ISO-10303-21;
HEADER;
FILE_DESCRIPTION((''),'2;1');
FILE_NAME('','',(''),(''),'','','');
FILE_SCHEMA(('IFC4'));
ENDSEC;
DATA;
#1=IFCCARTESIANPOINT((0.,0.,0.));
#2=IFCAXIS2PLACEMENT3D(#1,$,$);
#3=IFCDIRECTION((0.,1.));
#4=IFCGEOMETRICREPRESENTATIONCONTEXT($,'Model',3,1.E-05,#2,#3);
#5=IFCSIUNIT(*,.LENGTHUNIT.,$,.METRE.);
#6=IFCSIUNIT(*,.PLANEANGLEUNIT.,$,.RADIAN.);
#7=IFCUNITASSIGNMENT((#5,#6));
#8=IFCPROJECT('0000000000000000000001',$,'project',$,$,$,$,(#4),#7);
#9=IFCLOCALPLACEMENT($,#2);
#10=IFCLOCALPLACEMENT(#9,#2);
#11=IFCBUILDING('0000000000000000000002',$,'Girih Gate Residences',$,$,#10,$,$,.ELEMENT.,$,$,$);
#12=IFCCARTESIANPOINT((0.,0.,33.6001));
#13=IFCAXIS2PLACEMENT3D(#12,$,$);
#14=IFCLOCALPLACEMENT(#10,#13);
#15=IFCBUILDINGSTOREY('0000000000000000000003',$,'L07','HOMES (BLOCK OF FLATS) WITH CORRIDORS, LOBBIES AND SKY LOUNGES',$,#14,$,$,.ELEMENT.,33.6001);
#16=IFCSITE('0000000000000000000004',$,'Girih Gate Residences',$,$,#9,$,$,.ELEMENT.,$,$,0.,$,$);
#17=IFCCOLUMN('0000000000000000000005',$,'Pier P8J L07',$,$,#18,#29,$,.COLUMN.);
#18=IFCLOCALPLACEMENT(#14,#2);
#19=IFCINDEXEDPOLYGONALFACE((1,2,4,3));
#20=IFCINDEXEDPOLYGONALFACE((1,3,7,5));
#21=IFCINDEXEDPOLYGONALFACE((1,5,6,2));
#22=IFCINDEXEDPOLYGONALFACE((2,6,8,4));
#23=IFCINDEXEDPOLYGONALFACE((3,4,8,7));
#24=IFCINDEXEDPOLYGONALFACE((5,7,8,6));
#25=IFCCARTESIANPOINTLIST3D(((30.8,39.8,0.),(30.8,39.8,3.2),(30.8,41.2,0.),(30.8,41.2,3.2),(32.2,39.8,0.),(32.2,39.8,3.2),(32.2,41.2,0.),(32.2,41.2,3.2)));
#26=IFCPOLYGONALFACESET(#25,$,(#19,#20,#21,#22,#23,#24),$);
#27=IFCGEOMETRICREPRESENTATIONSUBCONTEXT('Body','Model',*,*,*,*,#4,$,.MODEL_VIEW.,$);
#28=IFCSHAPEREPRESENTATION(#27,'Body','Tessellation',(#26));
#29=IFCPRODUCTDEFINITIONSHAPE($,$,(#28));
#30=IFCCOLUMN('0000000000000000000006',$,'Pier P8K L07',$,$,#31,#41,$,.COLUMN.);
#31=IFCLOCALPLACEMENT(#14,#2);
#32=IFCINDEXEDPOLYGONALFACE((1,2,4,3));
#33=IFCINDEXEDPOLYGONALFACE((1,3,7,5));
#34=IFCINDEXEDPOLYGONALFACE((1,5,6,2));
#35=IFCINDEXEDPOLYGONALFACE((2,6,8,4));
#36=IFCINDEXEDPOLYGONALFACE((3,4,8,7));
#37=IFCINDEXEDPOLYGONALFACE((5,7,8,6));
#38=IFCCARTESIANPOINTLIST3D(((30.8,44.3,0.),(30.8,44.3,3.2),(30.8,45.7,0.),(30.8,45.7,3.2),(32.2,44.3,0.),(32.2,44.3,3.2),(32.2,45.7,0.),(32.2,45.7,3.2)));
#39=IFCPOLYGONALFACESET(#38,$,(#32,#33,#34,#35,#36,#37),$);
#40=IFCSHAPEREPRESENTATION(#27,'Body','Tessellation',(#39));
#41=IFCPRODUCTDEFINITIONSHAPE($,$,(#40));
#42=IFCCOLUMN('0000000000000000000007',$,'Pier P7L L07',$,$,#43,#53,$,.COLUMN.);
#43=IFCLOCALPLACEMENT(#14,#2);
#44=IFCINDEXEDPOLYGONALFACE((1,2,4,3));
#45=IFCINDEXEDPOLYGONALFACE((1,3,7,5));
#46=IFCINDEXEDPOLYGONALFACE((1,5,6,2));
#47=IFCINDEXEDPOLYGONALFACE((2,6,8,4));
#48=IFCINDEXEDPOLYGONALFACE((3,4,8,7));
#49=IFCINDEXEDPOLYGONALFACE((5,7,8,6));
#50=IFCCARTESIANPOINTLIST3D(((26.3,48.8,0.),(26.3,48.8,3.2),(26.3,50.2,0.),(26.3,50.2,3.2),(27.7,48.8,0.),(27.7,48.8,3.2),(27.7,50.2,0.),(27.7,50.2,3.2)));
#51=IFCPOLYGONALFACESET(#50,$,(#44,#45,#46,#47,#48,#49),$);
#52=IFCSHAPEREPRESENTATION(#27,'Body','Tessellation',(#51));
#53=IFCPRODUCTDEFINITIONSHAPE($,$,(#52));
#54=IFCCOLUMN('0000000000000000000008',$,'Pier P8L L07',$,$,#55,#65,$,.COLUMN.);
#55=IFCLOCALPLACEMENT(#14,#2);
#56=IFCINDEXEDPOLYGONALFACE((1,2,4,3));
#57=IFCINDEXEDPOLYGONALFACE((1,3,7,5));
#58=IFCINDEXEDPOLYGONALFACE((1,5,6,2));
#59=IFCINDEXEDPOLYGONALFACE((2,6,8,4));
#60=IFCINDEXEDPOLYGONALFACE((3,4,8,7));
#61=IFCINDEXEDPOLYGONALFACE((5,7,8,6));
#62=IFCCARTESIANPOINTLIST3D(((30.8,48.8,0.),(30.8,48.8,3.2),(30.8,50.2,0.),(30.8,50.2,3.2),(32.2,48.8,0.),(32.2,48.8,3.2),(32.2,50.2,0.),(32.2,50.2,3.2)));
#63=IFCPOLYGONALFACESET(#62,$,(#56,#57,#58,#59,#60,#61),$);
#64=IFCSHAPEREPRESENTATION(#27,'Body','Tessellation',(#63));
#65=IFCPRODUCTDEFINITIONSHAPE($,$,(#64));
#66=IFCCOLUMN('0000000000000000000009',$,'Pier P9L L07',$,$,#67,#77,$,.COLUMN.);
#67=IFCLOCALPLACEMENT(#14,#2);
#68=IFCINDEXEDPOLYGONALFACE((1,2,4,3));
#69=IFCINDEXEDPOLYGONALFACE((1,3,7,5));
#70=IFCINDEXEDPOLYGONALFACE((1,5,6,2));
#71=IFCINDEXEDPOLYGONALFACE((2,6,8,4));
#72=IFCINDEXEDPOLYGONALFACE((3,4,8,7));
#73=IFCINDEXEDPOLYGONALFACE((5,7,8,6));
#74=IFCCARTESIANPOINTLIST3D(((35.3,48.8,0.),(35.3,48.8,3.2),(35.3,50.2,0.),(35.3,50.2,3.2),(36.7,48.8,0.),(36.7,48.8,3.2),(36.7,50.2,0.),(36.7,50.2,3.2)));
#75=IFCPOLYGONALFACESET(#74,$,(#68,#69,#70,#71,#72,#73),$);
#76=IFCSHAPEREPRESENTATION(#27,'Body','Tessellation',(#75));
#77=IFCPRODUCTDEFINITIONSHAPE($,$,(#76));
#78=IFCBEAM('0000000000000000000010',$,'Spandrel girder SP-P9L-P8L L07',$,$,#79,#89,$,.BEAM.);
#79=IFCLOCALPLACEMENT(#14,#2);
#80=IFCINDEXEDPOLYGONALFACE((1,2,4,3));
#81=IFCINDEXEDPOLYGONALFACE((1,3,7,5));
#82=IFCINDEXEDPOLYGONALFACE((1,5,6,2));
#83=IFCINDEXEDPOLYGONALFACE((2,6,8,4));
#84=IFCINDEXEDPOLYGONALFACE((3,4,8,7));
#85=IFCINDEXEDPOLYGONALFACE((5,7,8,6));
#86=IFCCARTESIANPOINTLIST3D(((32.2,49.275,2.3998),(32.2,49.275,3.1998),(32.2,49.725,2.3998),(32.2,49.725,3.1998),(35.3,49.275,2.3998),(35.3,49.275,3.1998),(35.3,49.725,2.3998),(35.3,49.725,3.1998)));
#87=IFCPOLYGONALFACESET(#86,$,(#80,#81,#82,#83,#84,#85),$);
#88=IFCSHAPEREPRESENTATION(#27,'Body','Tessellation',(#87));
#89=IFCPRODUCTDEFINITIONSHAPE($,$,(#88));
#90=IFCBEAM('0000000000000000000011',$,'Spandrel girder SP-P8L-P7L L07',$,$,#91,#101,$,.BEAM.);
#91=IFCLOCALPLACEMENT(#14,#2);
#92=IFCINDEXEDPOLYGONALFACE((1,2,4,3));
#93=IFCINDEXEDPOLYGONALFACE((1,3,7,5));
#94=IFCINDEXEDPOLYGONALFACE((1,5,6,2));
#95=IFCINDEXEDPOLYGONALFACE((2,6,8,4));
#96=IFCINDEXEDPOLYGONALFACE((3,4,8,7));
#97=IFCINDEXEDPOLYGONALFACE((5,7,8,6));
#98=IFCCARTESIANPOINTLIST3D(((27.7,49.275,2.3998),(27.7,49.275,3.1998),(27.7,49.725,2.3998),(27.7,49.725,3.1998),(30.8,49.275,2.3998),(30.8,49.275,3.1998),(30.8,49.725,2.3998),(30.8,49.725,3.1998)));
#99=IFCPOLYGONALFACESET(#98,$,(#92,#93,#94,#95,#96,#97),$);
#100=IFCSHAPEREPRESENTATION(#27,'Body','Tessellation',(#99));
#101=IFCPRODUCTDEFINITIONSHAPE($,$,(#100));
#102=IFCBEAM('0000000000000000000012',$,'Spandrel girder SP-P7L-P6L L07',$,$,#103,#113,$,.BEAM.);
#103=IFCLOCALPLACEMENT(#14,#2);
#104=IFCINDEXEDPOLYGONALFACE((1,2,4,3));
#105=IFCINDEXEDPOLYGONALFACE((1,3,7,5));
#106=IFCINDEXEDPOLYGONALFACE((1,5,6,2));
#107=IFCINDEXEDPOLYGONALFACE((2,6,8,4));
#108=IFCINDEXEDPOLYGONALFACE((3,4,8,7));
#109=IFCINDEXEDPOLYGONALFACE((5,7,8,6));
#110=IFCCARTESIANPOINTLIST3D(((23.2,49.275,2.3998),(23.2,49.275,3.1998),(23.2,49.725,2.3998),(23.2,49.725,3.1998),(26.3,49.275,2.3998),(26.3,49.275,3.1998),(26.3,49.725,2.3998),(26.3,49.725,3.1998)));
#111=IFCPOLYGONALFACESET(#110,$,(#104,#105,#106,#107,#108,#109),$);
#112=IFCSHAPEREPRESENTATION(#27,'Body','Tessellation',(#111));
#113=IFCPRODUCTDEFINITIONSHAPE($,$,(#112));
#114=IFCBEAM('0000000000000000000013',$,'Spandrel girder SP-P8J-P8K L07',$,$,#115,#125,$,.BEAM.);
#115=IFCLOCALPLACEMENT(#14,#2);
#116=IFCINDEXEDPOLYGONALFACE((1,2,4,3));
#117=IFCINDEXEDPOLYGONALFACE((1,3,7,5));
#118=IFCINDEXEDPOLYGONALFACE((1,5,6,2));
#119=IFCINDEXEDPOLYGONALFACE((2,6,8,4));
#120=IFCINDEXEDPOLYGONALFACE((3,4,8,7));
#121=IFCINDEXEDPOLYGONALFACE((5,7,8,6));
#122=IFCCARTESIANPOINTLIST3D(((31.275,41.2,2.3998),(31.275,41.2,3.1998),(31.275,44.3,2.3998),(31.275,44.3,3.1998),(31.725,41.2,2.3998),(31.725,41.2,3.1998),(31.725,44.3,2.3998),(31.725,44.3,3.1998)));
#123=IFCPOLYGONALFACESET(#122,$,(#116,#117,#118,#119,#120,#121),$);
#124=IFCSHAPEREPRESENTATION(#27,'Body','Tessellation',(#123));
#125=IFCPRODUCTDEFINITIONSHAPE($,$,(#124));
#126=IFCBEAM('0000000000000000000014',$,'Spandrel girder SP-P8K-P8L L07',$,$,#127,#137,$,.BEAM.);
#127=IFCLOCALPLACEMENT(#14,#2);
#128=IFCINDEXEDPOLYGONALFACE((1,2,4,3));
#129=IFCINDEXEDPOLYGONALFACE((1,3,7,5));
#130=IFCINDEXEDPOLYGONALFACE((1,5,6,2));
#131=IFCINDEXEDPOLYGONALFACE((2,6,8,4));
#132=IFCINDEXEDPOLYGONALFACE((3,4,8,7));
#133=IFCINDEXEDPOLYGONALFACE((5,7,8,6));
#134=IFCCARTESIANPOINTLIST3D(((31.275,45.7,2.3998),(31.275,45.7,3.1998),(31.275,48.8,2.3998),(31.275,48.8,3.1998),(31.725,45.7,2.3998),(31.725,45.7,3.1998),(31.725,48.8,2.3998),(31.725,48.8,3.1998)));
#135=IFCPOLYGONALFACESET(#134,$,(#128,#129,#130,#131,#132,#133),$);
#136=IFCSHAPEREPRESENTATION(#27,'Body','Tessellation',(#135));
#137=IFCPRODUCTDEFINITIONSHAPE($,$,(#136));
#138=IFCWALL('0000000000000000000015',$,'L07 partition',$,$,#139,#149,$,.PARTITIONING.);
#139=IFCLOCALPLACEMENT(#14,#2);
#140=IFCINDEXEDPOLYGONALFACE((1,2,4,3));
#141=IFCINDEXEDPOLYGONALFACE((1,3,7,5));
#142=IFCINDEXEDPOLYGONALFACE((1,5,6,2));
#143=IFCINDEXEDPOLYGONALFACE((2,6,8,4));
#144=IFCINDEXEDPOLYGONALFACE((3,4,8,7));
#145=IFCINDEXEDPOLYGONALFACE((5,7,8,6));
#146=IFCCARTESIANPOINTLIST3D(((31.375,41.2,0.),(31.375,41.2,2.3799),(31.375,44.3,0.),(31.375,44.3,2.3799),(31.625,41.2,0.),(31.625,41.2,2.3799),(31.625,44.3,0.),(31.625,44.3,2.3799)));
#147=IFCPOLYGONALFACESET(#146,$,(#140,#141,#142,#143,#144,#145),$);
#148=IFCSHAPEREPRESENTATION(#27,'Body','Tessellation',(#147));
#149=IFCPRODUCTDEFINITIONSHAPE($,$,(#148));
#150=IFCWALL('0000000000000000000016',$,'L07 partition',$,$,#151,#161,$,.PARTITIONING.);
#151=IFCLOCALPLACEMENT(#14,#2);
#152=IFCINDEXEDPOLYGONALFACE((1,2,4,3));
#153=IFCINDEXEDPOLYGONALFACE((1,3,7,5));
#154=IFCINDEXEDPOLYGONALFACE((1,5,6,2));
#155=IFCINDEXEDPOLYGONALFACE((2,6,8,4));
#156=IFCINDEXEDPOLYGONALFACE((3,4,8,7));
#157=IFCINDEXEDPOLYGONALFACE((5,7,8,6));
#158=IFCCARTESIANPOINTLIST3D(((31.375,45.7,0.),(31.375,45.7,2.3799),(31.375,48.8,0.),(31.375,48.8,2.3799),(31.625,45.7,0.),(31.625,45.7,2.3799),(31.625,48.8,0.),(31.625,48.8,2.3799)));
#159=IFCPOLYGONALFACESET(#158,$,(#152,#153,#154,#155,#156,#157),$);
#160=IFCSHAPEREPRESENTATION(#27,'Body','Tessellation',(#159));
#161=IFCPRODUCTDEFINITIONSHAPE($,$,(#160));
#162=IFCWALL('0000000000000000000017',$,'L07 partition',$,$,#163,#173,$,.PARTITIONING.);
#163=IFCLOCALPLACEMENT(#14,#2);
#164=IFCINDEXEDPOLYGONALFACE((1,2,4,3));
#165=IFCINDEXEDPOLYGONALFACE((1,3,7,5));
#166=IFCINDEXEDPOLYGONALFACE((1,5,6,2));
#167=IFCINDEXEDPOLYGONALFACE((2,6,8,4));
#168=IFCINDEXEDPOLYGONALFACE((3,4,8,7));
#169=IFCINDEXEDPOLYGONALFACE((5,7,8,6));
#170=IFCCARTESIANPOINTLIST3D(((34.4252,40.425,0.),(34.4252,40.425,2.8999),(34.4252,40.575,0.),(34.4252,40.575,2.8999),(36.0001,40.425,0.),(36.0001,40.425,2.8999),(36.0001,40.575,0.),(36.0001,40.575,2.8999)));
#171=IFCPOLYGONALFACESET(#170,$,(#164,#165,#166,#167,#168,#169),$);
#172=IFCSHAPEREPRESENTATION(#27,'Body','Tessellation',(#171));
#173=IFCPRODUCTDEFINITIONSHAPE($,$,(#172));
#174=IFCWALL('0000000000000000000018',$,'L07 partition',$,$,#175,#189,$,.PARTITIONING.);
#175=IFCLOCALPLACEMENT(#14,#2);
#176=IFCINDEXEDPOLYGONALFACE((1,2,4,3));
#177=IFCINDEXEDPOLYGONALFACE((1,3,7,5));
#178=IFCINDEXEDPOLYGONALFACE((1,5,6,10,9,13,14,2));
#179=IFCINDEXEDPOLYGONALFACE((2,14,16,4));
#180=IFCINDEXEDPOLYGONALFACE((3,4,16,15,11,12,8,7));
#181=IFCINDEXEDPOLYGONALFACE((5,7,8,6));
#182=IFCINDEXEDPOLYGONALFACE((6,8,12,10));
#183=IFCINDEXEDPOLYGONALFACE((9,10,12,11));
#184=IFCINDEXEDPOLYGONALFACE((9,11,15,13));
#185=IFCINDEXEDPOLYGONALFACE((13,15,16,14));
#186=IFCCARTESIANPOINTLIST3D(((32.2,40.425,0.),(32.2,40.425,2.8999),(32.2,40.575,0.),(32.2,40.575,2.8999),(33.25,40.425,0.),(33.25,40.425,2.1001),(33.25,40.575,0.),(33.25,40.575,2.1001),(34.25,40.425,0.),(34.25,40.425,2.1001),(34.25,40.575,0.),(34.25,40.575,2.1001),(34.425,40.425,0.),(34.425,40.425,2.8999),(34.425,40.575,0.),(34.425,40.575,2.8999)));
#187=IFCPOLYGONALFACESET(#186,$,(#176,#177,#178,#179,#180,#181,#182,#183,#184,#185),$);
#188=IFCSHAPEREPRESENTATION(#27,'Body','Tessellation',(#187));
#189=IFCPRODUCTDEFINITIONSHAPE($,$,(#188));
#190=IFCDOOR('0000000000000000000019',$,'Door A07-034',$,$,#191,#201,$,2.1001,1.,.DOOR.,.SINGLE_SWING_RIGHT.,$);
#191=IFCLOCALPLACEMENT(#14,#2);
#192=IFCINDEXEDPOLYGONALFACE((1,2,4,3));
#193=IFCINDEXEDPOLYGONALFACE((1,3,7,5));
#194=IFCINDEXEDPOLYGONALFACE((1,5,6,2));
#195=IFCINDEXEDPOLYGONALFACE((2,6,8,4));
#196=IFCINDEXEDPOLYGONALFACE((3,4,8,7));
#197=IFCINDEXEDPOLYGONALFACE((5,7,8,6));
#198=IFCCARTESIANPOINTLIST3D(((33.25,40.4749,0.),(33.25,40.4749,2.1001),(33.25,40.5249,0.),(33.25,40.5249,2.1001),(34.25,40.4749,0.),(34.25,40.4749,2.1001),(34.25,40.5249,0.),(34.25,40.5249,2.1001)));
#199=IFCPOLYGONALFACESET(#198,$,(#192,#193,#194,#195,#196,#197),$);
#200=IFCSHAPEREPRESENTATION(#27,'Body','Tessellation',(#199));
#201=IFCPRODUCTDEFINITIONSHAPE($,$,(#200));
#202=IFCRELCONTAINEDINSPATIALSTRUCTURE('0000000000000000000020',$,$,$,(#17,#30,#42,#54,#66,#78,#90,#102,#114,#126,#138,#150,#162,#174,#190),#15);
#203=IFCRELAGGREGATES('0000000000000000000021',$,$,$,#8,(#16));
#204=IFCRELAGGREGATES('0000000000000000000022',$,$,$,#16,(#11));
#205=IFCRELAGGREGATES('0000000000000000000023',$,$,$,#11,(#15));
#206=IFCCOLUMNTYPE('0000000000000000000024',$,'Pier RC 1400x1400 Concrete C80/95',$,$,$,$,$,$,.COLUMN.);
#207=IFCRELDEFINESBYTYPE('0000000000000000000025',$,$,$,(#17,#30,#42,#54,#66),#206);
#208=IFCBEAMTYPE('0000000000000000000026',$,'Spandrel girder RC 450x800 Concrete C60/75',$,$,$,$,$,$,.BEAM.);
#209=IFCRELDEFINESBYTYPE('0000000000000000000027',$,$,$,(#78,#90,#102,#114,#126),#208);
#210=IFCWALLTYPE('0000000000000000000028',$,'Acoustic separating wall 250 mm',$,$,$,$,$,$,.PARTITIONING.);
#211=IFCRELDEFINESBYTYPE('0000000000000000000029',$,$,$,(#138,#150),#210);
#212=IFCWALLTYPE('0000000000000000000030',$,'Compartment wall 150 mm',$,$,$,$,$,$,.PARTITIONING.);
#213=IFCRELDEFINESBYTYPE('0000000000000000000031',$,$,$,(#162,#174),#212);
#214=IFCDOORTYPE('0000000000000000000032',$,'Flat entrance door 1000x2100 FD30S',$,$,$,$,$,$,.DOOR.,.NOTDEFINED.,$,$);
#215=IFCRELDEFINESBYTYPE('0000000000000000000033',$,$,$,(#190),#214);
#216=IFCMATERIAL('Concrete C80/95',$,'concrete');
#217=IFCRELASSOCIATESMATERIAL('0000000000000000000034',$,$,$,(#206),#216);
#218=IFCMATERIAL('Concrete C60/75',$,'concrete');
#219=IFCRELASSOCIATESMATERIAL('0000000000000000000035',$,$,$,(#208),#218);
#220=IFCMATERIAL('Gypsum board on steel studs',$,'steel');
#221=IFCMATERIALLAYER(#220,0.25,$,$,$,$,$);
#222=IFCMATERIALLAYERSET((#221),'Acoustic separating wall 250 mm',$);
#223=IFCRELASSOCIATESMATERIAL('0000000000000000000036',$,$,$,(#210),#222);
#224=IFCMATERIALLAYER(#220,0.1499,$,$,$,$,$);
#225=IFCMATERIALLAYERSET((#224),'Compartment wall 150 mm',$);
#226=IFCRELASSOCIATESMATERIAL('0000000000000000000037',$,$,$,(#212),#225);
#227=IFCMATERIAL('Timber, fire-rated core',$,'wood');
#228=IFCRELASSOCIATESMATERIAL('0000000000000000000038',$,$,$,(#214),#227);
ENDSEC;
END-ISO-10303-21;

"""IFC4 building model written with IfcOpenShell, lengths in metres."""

from ifc_helpers import new_model, si_unit, direction, frame, frame_2d, origin, origin_2d, place, context, subcontext, project, spatial, rectangle, extrude, material, layer, layer_set, material_profile, profile_set, type_object, element, fill, save


model = new_model("IFC4")

# Units and contexts
model_context = context("Model", 3, precision=1e-05, world=origin(), true_north=direction((0.0, 1.0)))
body_context = subcontext(model_context, "Body", "Model", "MODEL_VIEW")
ifc_project = project(units=[si_unit("LENGTHUNIT", "METRE"), si_unit("PLANEANGLEUNIT", "RADIAN")], contexts=[model_context])

# Site, building, storey
site_placement = place(None, origin())
site = spatial("IfcSite", under=ifc_project, at=site_placement, Name="Girih Gate Residences", CompositionType="ELEMENT", RefElevation=0.0)
building_placement = place(site_placement, origin())
building = spatial("IfcBuilding", under=site, at=building_placement, Name="Girih Gate Residences", CompositionType="ELEMENT")
storey_placement = place(building_placement, frame((0.0, 0.0, 33.6001)))
storey = spatial("IfcBuildingStorey", under=building, at=storey_placement, Name="L07", Description="HOMES (BLOCK OF FLATS) WITH CORRIDORS, LOBBIES AND SKY LOUNGES", CompositionType="ELEMENT", Elevation=33.6001)

# Columns
ifc_material_1 = material(Name="Concrete C80/95", Category="concrete")
ifc_material_profile_1 = material_profile(ifc_material_1, rectangle(XDim=1.3999, YDim=1.3999, at=origin_2d()))
ifc_profile_set_1 = profile_set([ifc_material_profile_1], Name="Concrete C80/95")
column_type = type_object("IfcColumnType", Name="Pier RC 1400x1400 Concrete C80/95", PredefinedType="COLUMN", material=ifc_profile_set_1)
for number, where, z_axis, x_axis, name in (
    (1, (31.5, 40.5, 0.0), (0.0, 0.0, 1.0), (1.0, 0.0, 0.0), "Pier P8J L07"),
    (2, (31.5, 45.0, 0.0), (0.0, 0.0, 1.0), (1.0, 0.0, 0.0), "Pier P8K L07"),
    (3, (27.0, 49.5, 0.0), (0.0, 0.0, 1.0), (1.0, 0.0, 0.0), "Pier P7L L07"),
    (4, (31.5, 49.5, 0.0), (0.0, 0.0, 1.0), (1.0, 0.0, 0.0), "Pier P8L L07"),
    (5, (36.0, 49.5, 0.0), (0.0, 0.0, 1.0), (1.0, 0.0, 0.0), "Pier P9L L07"),
):
    element("IfcColumn", number, at=place(storey_placement, frame(where, z_axis=z_axis, x_axis=x_axis)), inside=storey, type_object=column_type, Name=name, PredefinedType="COLUMN", context=body_context, shape_type="SweptSolid", body=[
        extrude(rectangle(XDim=1.3999, YDim=1.3999, at=origin_2d()), origin(), (0.0, 0.0, 1.0), 3.2),
    ])

# Beams
ifc_material_2 = material(Name="Concrete C60/75", Category="concrete")
ifc_material_profile_2 = material_profile(ifc_material_2, rectangle(XDim=0.45, YDim=0.8, at=origin_2d()))
ifc_profile_set_2 = profile_set([ifc_material_profile_2], Name="Concrete C60/75")
beam_type = type_object("IfcBeamType", Name="Spandrel girder RC 450x800 Concrete C60/75", PredefinedType="BEAM", material=ifc_profile_set_2)
for number, where, z_axis, x_axis, name in (
    (6, (35.3, 49.5, 2.7998), (-1.0, 0.0, 0.0), (0.0, -1.0, 0.0), "Spandrel girder SP-P9L-P8L L07"),
    (7, (30.8, 49.5, 2.7998), (-1.0, 0.0, 0.0), (0.0, -1.0, 0.0), "Spandrel girder SP-P8L-P7L L07"),
    (8, (26.3, 49.5, 2.7998), (-1.0, 0.0, 0.0), (0.0, -1.0, 0.0), "Spandrel girder SP-P7L-P6L L07"),
    (9, (31.5, 41.2, 2.7998), (0.0, 1.0, 0.0), (-1.0, 0.0, 0.0), "Spandrel girder SP-P8J-P8K L07"),
    (10, (31.5, 45.7, 2.7998), (0.0, 1.0, 0.0), (-1.0, 0.0, 0.0), "Spandrel girder SP-P8K-P8L L07"),
):
    element("IfcBeam", number, at=place(storey_placement, frame(where, z_axis=z_axis, x_axis=x_axis)), inside=storey, type_object=beam_type, Name=name, PredefinedType="BEAM", context=body_context, shape_type="SweptSolid", body=[
        extrude(rectangle(XDim=0.45, YDim=0.8, at=origin_2d()), origin(), (0.0, 0.0, 1.0), 3.1001),
    ])

# Walls
ifc_material_3 = material(Name="Gypsum board on steel studs", Category="steel")
ifc_layer_1 = layer(ifc_material_3, 0.25)
ifc_layer_set_1 = layer_set([ifc_layer_1], Name="Acoustic separating wall 250 mm")
wall_type_1 = type_object("IfcWallType", Name="Acoustic separating wall 250 mm", PredefinedType="PARTITIONING", material=ifc_layer_set_1)
for number, where, z_axis, x_axis, name in (
    (11, (31.5, 41.2, 0.0), (0.0, 0.0, 1.0), (0.0, 1.0, 0.0), "L07 partition"),
    (12, (31.5, 45.7, 0.0), (0.0, 0.0, 1.0), (0.0, 1.0, 0.0), "L07 partition"),
):
    element("IfcWall", number, at=place(storey_placement, frame(where, z_axis=z_axis, x_axis=x_axis)), inside=storey, type_object=wall_type_1, Name=name, PredefinedType="PARTITIONING", context=body_context, shape_type="SweptSolid", body=[
        extrude(rectangle(XDim=3.1001, YDim=0.25, at=frame_2d((1.55, 0.0))), origin(), (0.0, 0.0, 1.0), 2.3799),
    ])
ifc_layer_2 = layer(ifc_material_3, 0.1499)
ifc_layer_set_2 = layer_set([ifc_layer_2], Name="Compartment wall 150 mm")
wall_type_2 = type_object("IfcWallType", Name="Compartment wall 150 mm", PredefinedType="PARTITIONING", material=ifc_layer_set_2)
wall_1_placement = place(storey_placement, frame((34.425, 40.5, 0.0), z_axis=(0.0, 0.0, 1.0), x_axis=(1.0, 0.0, 0.0)))
element("IfcWall", 13, at=wall_1_placement, inside=storey, type_object=wall_type_2, Name="L07 partition", PredefinedType="PARTITIONING", context=body_context, shape_type="SweptSolid", body=[
    extrude(rectangle(XDim=1.575, YDim=0.1499, at=frame_2d((0.7876, 0.0))), origin(), (0.0, 0.0, 1.0), 2.8999),
])

# Wall, opening, door
wall_2_placement = place(storey_placement, frame((32.2, 40.5, 0.0), z_axis=(0.0, 0.0, 1.0), x_axis=(1.0, 0.0, 0.0)))
wall_2 = element("IfcWall", 14, at=wall_2_placement, inside=storey, type_object=wall_type_2, Name="L07 partition", PredefinedType="PARTITIONING", context=body_context, shape_type="SweptSolid", body=[
    extrude(rectangle(XDim=2.2251, YDim=0.1499, at=frame_2d((1.1125, 0.0))), origin(), (0.0, 0.0, 1.0), 2.8999),
])
opening_1_placement = place(wall_2_placement, frame((1.05, 0.0, 0.0)))
opening_1 = element("IfcOpeningElement", 15, at=opening_1_placement, cuts=wall_2, PredefinedType="OPENING", context=body_context, shape_type="SweptSolid", body=[
    extrude(rectangle(XDim=1.0, YDim=2.1001, at=frame_2d((0.5, 1.05))), frame((0.0, 0.085, 0.0), z_axis=(0.0, -1.0, 0.0), x_axis=(1.0, 0.0, 0.0)), (0.0, 0.0, 1.0), 0.1699),
])
ifc_material_4 = material(Name="Timber, fire-rated core", Category="wood")
door_type_1 = type_object("IfcDoorType", Name="Flat entrance door 1000x2100 FD30S", OperationType="NOTDEFINED", PredefinedType="DOOR", material=ifc_material_4)
door_1_placement = place(opening_1_placement, origin())
door_1 = element("IfcDoor", 16, at=door_1_placement, inside=storey, type_object=door_type_1, Name="Door A07-034", OperationType="SINGLE_SWING_RIGHT", OverallHeight=2.1001, OverallWidth=1.0, PredefinedType="DOOR", context=body_context, shape_type="SweptSolid", body=[
    extrude(rectangle(XDim=1.0, YDim=2.1001, at=frame_2d((0.5, 1.05))), frame((0.0, 0.0249, 0.0), z_axis=(0.0, -1.0, 0.0), x_axis=(1.0, 0.0, 0.0)), (0.0, 0.0, 1.0), 0.05),
])
fill(opening_1, door_1)

save(model, "model.ifc")
